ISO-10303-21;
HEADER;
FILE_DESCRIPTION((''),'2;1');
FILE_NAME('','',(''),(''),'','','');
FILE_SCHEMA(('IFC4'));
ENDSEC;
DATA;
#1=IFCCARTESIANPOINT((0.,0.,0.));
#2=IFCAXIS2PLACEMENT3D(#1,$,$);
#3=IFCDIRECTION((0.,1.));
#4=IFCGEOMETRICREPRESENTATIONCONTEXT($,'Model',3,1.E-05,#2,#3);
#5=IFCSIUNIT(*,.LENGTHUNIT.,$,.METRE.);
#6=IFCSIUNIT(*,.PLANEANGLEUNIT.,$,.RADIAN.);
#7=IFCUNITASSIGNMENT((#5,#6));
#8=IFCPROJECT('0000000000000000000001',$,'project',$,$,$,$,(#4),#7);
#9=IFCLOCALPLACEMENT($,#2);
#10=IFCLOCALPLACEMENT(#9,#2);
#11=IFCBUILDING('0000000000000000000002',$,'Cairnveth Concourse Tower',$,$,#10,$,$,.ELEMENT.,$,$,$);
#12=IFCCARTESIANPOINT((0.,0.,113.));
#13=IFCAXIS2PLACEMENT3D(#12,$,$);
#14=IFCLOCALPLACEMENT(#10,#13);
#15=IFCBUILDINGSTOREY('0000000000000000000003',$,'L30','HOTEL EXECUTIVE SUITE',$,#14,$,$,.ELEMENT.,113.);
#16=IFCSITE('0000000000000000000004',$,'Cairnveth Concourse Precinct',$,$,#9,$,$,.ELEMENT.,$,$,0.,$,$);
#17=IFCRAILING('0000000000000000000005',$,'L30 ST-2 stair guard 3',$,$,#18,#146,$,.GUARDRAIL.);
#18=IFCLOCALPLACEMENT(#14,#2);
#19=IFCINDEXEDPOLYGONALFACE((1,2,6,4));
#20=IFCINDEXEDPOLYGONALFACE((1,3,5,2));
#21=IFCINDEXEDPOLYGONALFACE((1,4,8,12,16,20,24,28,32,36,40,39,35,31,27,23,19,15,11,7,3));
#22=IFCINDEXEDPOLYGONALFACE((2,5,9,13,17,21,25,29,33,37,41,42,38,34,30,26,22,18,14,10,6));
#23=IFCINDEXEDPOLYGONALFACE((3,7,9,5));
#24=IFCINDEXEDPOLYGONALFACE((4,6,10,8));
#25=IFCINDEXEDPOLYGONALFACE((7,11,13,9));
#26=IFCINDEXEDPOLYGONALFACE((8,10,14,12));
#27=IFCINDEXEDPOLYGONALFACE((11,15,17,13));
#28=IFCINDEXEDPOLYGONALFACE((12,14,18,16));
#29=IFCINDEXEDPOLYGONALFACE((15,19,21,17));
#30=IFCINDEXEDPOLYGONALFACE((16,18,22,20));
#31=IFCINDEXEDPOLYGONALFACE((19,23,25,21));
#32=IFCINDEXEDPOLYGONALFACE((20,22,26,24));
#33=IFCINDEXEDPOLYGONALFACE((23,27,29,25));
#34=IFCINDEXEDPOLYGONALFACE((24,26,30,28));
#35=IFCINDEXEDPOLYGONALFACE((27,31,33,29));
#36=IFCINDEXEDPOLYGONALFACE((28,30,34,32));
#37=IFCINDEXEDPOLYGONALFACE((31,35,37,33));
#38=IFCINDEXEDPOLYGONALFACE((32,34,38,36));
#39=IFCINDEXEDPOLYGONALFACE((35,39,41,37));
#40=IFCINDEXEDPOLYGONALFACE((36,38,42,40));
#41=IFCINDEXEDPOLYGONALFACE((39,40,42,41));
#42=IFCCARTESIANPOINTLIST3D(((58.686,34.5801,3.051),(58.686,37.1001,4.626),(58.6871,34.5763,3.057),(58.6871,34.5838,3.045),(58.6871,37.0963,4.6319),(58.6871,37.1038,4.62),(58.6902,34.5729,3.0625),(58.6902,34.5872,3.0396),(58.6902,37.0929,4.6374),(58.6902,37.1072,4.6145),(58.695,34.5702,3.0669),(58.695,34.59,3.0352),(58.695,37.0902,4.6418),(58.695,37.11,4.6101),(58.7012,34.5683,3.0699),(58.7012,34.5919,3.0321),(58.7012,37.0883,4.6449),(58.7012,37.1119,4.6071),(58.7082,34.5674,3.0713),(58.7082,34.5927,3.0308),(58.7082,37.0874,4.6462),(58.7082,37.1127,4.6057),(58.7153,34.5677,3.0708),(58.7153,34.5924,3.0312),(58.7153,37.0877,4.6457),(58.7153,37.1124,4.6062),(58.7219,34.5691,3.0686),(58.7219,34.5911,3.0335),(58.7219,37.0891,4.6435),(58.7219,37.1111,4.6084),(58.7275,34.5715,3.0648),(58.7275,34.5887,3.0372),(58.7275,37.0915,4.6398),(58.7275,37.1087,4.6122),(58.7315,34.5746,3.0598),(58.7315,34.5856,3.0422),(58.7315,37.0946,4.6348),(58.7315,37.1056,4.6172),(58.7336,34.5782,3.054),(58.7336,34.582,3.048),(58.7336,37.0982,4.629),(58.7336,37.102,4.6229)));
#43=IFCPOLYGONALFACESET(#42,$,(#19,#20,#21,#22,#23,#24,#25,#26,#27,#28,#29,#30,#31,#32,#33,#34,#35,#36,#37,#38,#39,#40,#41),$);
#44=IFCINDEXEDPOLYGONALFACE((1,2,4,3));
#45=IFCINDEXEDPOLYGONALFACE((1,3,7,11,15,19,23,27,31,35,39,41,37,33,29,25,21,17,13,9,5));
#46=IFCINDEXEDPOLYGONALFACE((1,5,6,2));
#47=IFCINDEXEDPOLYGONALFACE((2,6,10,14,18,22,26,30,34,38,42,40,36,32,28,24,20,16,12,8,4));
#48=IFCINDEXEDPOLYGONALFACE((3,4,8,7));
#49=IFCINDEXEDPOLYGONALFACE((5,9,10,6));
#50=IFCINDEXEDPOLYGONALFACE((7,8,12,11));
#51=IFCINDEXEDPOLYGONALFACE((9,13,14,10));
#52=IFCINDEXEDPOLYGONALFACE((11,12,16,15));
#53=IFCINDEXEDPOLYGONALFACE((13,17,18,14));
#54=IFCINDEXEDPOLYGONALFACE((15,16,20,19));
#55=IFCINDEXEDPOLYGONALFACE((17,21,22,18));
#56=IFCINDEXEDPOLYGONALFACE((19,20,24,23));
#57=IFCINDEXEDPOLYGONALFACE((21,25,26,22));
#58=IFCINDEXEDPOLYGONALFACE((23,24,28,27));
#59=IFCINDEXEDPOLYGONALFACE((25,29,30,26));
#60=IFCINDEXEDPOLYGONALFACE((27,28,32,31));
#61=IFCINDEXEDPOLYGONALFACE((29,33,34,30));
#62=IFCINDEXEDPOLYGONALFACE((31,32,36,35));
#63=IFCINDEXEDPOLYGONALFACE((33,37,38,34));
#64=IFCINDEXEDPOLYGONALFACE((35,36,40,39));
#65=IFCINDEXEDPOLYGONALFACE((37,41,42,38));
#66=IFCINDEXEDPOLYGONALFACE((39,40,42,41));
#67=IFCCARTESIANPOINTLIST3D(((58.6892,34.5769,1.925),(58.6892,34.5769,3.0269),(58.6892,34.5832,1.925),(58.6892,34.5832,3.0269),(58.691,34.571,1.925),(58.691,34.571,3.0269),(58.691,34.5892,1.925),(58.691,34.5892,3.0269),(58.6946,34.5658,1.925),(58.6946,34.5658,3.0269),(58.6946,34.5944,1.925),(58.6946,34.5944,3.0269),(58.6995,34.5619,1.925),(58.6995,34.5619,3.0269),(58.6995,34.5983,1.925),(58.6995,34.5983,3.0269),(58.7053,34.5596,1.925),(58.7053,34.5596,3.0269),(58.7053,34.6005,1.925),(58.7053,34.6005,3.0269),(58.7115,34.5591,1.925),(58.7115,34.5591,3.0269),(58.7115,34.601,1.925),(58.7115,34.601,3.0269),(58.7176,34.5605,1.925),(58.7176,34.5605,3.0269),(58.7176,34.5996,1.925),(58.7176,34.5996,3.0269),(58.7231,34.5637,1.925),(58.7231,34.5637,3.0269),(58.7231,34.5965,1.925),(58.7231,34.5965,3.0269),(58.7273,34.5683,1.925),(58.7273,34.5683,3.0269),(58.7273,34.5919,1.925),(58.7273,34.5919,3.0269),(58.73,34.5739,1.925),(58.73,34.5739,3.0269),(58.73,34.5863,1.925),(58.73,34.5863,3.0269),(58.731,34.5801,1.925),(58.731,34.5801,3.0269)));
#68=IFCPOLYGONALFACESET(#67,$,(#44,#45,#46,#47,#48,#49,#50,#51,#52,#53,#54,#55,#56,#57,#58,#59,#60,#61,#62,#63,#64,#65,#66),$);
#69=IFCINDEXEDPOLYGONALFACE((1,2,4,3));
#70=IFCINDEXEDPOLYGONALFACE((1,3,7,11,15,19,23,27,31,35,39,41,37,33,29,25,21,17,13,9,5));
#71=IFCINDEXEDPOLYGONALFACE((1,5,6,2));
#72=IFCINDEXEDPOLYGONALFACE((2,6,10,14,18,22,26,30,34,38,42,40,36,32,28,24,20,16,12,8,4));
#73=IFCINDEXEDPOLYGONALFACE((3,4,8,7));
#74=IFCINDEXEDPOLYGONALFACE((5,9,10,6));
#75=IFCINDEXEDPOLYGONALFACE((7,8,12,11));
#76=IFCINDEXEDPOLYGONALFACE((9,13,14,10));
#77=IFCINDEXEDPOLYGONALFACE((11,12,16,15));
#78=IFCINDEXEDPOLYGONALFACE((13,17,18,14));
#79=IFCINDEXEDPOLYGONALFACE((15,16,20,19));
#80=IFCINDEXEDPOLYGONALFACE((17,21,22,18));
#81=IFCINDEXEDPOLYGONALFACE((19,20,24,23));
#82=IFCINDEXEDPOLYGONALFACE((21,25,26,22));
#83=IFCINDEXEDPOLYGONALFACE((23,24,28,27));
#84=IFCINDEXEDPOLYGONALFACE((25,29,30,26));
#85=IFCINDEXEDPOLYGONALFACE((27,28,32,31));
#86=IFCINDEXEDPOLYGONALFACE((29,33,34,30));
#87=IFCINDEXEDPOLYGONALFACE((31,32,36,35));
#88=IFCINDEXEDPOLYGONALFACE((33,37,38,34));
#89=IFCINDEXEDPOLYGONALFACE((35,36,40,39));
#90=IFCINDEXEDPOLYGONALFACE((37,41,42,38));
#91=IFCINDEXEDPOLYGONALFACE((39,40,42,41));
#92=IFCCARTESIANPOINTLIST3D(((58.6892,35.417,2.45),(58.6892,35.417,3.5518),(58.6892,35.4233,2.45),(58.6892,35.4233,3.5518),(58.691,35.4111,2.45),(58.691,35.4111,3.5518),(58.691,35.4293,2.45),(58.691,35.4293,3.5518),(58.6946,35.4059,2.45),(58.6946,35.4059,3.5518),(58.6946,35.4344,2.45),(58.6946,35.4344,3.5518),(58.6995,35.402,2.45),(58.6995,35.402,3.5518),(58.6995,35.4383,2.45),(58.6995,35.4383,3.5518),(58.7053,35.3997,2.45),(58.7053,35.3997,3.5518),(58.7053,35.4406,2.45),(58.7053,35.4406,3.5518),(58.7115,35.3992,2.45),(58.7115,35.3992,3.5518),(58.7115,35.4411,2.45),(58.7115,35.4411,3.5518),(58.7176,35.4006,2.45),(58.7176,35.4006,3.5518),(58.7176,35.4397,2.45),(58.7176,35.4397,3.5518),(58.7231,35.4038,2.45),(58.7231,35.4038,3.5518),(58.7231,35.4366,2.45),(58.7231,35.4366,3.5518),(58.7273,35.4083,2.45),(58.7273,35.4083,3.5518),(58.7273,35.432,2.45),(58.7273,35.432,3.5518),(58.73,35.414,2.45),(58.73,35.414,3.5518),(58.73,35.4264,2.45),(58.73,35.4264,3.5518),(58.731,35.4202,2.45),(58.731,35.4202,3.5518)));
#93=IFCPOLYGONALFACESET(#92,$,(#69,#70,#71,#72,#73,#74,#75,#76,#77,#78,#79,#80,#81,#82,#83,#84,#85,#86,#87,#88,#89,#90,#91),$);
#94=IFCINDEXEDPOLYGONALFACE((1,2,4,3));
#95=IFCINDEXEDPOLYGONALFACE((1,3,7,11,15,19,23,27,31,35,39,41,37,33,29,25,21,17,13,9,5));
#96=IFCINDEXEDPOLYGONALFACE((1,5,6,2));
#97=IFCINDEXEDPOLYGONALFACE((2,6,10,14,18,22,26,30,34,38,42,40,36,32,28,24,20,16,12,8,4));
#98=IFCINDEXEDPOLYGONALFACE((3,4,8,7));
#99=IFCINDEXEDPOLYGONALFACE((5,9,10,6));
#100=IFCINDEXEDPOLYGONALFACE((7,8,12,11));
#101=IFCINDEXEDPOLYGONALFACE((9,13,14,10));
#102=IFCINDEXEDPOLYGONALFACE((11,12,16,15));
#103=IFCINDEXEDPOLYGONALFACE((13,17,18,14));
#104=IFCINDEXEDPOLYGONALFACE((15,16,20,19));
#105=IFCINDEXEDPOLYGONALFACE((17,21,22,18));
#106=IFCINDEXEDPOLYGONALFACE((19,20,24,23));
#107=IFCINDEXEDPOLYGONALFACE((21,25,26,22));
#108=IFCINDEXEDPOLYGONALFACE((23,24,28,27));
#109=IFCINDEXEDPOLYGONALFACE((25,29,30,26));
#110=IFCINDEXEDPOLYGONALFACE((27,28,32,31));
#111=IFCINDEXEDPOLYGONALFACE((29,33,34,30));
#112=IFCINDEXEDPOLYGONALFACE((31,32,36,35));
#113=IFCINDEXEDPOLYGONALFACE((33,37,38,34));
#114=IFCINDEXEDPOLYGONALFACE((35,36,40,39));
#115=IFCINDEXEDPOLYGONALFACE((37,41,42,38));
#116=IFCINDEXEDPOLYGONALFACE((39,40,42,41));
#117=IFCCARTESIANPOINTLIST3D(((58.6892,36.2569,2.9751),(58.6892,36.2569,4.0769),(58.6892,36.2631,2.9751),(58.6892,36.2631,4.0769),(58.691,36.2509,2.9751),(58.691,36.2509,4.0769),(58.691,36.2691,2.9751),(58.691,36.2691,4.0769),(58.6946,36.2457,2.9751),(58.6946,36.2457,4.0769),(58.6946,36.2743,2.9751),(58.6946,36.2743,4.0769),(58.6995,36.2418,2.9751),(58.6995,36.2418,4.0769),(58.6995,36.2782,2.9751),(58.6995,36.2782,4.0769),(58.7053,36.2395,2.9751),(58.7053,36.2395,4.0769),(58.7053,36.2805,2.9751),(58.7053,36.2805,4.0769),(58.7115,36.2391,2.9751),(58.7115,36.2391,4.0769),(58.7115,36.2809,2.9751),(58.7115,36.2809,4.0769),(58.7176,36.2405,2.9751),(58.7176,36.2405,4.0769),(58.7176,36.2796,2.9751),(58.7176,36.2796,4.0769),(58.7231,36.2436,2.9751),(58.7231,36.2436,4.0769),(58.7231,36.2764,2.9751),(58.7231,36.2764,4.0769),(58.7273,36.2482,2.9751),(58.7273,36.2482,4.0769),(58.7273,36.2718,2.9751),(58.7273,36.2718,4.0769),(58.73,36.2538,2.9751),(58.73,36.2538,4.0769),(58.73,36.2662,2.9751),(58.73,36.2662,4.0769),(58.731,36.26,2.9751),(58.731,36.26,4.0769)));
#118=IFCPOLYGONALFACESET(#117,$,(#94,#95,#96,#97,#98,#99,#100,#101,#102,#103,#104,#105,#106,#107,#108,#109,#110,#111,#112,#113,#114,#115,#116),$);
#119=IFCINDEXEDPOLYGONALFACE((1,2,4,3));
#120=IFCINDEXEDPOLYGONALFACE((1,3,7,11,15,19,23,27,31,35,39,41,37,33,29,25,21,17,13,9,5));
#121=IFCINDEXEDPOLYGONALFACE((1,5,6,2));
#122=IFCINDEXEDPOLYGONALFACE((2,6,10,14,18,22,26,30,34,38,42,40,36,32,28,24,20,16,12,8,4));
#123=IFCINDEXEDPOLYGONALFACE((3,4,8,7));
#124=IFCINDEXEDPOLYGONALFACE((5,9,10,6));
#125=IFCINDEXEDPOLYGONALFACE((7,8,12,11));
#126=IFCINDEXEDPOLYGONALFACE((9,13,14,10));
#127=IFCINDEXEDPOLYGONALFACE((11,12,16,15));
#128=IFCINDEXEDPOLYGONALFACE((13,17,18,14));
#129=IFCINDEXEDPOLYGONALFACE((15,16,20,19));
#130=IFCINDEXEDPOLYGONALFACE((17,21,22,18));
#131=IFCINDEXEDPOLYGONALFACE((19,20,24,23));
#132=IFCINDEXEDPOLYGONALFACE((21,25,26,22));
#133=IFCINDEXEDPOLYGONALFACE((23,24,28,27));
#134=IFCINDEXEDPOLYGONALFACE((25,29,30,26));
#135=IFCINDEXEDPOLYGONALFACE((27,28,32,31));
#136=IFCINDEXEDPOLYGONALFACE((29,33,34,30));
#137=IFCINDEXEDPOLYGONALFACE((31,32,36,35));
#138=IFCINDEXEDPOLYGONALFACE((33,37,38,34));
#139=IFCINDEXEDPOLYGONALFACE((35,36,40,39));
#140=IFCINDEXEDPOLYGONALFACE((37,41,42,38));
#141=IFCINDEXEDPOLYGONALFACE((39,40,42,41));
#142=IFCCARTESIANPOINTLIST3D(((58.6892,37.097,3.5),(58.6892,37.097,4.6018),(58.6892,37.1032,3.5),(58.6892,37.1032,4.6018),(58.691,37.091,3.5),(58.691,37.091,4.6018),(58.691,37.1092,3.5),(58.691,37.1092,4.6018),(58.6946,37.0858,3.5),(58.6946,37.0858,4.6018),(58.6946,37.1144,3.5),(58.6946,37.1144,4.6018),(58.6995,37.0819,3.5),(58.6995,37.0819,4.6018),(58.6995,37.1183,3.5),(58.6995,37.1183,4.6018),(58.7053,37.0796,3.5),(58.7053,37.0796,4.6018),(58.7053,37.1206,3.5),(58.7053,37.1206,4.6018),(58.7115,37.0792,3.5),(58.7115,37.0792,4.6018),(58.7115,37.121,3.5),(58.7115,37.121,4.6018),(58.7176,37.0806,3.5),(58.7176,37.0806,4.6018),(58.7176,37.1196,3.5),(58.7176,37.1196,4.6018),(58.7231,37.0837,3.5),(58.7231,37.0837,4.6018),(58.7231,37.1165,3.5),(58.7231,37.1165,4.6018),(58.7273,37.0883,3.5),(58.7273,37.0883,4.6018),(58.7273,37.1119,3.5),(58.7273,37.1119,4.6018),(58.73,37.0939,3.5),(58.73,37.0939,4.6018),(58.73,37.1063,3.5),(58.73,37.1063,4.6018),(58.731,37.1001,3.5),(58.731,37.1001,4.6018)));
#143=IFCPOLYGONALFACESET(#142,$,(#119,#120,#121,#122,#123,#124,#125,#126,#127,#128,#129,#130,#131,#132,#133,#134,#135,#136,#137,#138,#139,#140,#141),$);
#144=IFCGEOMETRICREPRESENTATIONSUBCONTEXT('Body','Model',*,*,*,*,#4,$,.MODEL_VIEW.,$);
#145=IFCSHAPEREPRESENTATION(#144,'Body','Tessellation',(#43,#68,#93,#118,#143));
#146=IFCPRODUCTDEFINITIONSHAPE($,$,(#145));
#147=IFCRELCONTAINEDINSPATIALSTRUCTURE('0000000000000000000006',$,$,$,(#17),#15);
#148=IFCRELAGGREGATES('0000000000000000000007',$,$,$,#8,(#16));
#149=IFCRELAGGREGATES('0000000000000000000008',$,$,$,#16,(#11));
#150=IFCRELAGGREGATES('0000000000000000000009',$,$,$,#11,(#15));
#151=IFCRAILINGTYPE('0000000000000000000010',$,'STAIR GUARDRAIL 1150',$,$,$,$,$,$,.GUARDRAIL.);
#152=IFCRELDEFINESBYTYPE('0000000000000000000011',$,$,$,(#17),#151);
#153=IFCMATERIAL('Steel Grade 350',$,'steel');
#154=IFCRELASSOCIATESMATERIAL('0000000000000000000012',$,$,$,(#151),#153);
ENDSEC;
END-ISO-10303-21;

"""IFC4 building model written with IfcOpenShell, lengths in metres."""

from ifc_helpers import new_model, si_unit, direction, frame, origin, origin_2d, place, context, subcontext, project, spatial, circle, extrude, material, type_object, element, save


model = new_model("IFC4")

# Units and contexts
model_context = context("Model", 3, precision=1e-05, world=origin(), true_north=direction((0.0, 1.0)))
body_context = subcontext(model_context, "Body", "Model", "MODEL_VIEW")
ifc_project = project(units=[si_unit("LENGTHUNIT", "METRE"), si_unit("PLANEANGLEUNIT", "RADIAN")], contexts=[model_context])

# Site, building, storey
site_placement = place(None, origin())
site = spatial("IfcSite", under=ifc_project, at=site_placement, Name="Cairnveth Concourse Precinct", CompositionType="ELEMENT", RefElevation=0.0)
building_placement = place(site_placement, origin())
building = spatial("IfcBuilding", under=site, at=building_placement, Name="Cairnveth Concourse Tower", CompositionType="ELEMENT")
storey_placement = place(building_placement, frame((0.0, 0.0, 113.0)))
storey = spatial("IfcBuildingStorey", under=building, at=storey_placement, Name="L30", Description="HOTEL EXECUTIVE SUITE", CompositionType="ELEMENT", Elevation=113.0)

# Shared definitions
ifc_material_1 = material(Name="Steel Grade 350", Category="steel")

# Railing
railing_type_1 = type_object("IfcRailingType", Name="STAIR GUARDRAIL 1150", PredefinedType="GUARDRAIL", material=ifc_material_1)
railing_1_placement = place(storey_placement, frame((58.71, 34.5801, 1.925)))
element("IfcRailing", 1, at=railing_1_placement, inside=storey, type_object=railing_type_1, Name="L30 ST-2 stair guard 3", PredefinedType="GUARDRAIL", context=body_context, shape_type="SweptSolid", body=[
    extrude(circle(Radius=0.0239, at=origin_2d()), frame((0.0, 0.0, 1.126), z_axis=(0.0, 0.848008, 0.529984), x_axis=(-1.0, 0.0, 0.0)), (0.0, 0.0, 1.0), 2.9717),
    extrude(circle(Radius=0.021, at=origin_2d()), origin(), (0.0, 0.0, 1.0), 1.1018),
    extrude(circle(Radius=0.021, at=origin_2d()), frame((0.0, 0.8401, 0.5249)), (0.0, 0.0, 1.0), 1.1018),
    extrude(circle(Radius=0.021, at=origin_2d()), frame((0.0, 1.6799, 1.05)), (0.0, 0.0, 1.0), 1.1018),
    extrude(circle(Radius=0.021, at=origin_2d()), frame((0.0, 2.52, 1.575)), (0.0, 0.0, 1.0), 1.1018),
])

save(model, "model.ifc")
